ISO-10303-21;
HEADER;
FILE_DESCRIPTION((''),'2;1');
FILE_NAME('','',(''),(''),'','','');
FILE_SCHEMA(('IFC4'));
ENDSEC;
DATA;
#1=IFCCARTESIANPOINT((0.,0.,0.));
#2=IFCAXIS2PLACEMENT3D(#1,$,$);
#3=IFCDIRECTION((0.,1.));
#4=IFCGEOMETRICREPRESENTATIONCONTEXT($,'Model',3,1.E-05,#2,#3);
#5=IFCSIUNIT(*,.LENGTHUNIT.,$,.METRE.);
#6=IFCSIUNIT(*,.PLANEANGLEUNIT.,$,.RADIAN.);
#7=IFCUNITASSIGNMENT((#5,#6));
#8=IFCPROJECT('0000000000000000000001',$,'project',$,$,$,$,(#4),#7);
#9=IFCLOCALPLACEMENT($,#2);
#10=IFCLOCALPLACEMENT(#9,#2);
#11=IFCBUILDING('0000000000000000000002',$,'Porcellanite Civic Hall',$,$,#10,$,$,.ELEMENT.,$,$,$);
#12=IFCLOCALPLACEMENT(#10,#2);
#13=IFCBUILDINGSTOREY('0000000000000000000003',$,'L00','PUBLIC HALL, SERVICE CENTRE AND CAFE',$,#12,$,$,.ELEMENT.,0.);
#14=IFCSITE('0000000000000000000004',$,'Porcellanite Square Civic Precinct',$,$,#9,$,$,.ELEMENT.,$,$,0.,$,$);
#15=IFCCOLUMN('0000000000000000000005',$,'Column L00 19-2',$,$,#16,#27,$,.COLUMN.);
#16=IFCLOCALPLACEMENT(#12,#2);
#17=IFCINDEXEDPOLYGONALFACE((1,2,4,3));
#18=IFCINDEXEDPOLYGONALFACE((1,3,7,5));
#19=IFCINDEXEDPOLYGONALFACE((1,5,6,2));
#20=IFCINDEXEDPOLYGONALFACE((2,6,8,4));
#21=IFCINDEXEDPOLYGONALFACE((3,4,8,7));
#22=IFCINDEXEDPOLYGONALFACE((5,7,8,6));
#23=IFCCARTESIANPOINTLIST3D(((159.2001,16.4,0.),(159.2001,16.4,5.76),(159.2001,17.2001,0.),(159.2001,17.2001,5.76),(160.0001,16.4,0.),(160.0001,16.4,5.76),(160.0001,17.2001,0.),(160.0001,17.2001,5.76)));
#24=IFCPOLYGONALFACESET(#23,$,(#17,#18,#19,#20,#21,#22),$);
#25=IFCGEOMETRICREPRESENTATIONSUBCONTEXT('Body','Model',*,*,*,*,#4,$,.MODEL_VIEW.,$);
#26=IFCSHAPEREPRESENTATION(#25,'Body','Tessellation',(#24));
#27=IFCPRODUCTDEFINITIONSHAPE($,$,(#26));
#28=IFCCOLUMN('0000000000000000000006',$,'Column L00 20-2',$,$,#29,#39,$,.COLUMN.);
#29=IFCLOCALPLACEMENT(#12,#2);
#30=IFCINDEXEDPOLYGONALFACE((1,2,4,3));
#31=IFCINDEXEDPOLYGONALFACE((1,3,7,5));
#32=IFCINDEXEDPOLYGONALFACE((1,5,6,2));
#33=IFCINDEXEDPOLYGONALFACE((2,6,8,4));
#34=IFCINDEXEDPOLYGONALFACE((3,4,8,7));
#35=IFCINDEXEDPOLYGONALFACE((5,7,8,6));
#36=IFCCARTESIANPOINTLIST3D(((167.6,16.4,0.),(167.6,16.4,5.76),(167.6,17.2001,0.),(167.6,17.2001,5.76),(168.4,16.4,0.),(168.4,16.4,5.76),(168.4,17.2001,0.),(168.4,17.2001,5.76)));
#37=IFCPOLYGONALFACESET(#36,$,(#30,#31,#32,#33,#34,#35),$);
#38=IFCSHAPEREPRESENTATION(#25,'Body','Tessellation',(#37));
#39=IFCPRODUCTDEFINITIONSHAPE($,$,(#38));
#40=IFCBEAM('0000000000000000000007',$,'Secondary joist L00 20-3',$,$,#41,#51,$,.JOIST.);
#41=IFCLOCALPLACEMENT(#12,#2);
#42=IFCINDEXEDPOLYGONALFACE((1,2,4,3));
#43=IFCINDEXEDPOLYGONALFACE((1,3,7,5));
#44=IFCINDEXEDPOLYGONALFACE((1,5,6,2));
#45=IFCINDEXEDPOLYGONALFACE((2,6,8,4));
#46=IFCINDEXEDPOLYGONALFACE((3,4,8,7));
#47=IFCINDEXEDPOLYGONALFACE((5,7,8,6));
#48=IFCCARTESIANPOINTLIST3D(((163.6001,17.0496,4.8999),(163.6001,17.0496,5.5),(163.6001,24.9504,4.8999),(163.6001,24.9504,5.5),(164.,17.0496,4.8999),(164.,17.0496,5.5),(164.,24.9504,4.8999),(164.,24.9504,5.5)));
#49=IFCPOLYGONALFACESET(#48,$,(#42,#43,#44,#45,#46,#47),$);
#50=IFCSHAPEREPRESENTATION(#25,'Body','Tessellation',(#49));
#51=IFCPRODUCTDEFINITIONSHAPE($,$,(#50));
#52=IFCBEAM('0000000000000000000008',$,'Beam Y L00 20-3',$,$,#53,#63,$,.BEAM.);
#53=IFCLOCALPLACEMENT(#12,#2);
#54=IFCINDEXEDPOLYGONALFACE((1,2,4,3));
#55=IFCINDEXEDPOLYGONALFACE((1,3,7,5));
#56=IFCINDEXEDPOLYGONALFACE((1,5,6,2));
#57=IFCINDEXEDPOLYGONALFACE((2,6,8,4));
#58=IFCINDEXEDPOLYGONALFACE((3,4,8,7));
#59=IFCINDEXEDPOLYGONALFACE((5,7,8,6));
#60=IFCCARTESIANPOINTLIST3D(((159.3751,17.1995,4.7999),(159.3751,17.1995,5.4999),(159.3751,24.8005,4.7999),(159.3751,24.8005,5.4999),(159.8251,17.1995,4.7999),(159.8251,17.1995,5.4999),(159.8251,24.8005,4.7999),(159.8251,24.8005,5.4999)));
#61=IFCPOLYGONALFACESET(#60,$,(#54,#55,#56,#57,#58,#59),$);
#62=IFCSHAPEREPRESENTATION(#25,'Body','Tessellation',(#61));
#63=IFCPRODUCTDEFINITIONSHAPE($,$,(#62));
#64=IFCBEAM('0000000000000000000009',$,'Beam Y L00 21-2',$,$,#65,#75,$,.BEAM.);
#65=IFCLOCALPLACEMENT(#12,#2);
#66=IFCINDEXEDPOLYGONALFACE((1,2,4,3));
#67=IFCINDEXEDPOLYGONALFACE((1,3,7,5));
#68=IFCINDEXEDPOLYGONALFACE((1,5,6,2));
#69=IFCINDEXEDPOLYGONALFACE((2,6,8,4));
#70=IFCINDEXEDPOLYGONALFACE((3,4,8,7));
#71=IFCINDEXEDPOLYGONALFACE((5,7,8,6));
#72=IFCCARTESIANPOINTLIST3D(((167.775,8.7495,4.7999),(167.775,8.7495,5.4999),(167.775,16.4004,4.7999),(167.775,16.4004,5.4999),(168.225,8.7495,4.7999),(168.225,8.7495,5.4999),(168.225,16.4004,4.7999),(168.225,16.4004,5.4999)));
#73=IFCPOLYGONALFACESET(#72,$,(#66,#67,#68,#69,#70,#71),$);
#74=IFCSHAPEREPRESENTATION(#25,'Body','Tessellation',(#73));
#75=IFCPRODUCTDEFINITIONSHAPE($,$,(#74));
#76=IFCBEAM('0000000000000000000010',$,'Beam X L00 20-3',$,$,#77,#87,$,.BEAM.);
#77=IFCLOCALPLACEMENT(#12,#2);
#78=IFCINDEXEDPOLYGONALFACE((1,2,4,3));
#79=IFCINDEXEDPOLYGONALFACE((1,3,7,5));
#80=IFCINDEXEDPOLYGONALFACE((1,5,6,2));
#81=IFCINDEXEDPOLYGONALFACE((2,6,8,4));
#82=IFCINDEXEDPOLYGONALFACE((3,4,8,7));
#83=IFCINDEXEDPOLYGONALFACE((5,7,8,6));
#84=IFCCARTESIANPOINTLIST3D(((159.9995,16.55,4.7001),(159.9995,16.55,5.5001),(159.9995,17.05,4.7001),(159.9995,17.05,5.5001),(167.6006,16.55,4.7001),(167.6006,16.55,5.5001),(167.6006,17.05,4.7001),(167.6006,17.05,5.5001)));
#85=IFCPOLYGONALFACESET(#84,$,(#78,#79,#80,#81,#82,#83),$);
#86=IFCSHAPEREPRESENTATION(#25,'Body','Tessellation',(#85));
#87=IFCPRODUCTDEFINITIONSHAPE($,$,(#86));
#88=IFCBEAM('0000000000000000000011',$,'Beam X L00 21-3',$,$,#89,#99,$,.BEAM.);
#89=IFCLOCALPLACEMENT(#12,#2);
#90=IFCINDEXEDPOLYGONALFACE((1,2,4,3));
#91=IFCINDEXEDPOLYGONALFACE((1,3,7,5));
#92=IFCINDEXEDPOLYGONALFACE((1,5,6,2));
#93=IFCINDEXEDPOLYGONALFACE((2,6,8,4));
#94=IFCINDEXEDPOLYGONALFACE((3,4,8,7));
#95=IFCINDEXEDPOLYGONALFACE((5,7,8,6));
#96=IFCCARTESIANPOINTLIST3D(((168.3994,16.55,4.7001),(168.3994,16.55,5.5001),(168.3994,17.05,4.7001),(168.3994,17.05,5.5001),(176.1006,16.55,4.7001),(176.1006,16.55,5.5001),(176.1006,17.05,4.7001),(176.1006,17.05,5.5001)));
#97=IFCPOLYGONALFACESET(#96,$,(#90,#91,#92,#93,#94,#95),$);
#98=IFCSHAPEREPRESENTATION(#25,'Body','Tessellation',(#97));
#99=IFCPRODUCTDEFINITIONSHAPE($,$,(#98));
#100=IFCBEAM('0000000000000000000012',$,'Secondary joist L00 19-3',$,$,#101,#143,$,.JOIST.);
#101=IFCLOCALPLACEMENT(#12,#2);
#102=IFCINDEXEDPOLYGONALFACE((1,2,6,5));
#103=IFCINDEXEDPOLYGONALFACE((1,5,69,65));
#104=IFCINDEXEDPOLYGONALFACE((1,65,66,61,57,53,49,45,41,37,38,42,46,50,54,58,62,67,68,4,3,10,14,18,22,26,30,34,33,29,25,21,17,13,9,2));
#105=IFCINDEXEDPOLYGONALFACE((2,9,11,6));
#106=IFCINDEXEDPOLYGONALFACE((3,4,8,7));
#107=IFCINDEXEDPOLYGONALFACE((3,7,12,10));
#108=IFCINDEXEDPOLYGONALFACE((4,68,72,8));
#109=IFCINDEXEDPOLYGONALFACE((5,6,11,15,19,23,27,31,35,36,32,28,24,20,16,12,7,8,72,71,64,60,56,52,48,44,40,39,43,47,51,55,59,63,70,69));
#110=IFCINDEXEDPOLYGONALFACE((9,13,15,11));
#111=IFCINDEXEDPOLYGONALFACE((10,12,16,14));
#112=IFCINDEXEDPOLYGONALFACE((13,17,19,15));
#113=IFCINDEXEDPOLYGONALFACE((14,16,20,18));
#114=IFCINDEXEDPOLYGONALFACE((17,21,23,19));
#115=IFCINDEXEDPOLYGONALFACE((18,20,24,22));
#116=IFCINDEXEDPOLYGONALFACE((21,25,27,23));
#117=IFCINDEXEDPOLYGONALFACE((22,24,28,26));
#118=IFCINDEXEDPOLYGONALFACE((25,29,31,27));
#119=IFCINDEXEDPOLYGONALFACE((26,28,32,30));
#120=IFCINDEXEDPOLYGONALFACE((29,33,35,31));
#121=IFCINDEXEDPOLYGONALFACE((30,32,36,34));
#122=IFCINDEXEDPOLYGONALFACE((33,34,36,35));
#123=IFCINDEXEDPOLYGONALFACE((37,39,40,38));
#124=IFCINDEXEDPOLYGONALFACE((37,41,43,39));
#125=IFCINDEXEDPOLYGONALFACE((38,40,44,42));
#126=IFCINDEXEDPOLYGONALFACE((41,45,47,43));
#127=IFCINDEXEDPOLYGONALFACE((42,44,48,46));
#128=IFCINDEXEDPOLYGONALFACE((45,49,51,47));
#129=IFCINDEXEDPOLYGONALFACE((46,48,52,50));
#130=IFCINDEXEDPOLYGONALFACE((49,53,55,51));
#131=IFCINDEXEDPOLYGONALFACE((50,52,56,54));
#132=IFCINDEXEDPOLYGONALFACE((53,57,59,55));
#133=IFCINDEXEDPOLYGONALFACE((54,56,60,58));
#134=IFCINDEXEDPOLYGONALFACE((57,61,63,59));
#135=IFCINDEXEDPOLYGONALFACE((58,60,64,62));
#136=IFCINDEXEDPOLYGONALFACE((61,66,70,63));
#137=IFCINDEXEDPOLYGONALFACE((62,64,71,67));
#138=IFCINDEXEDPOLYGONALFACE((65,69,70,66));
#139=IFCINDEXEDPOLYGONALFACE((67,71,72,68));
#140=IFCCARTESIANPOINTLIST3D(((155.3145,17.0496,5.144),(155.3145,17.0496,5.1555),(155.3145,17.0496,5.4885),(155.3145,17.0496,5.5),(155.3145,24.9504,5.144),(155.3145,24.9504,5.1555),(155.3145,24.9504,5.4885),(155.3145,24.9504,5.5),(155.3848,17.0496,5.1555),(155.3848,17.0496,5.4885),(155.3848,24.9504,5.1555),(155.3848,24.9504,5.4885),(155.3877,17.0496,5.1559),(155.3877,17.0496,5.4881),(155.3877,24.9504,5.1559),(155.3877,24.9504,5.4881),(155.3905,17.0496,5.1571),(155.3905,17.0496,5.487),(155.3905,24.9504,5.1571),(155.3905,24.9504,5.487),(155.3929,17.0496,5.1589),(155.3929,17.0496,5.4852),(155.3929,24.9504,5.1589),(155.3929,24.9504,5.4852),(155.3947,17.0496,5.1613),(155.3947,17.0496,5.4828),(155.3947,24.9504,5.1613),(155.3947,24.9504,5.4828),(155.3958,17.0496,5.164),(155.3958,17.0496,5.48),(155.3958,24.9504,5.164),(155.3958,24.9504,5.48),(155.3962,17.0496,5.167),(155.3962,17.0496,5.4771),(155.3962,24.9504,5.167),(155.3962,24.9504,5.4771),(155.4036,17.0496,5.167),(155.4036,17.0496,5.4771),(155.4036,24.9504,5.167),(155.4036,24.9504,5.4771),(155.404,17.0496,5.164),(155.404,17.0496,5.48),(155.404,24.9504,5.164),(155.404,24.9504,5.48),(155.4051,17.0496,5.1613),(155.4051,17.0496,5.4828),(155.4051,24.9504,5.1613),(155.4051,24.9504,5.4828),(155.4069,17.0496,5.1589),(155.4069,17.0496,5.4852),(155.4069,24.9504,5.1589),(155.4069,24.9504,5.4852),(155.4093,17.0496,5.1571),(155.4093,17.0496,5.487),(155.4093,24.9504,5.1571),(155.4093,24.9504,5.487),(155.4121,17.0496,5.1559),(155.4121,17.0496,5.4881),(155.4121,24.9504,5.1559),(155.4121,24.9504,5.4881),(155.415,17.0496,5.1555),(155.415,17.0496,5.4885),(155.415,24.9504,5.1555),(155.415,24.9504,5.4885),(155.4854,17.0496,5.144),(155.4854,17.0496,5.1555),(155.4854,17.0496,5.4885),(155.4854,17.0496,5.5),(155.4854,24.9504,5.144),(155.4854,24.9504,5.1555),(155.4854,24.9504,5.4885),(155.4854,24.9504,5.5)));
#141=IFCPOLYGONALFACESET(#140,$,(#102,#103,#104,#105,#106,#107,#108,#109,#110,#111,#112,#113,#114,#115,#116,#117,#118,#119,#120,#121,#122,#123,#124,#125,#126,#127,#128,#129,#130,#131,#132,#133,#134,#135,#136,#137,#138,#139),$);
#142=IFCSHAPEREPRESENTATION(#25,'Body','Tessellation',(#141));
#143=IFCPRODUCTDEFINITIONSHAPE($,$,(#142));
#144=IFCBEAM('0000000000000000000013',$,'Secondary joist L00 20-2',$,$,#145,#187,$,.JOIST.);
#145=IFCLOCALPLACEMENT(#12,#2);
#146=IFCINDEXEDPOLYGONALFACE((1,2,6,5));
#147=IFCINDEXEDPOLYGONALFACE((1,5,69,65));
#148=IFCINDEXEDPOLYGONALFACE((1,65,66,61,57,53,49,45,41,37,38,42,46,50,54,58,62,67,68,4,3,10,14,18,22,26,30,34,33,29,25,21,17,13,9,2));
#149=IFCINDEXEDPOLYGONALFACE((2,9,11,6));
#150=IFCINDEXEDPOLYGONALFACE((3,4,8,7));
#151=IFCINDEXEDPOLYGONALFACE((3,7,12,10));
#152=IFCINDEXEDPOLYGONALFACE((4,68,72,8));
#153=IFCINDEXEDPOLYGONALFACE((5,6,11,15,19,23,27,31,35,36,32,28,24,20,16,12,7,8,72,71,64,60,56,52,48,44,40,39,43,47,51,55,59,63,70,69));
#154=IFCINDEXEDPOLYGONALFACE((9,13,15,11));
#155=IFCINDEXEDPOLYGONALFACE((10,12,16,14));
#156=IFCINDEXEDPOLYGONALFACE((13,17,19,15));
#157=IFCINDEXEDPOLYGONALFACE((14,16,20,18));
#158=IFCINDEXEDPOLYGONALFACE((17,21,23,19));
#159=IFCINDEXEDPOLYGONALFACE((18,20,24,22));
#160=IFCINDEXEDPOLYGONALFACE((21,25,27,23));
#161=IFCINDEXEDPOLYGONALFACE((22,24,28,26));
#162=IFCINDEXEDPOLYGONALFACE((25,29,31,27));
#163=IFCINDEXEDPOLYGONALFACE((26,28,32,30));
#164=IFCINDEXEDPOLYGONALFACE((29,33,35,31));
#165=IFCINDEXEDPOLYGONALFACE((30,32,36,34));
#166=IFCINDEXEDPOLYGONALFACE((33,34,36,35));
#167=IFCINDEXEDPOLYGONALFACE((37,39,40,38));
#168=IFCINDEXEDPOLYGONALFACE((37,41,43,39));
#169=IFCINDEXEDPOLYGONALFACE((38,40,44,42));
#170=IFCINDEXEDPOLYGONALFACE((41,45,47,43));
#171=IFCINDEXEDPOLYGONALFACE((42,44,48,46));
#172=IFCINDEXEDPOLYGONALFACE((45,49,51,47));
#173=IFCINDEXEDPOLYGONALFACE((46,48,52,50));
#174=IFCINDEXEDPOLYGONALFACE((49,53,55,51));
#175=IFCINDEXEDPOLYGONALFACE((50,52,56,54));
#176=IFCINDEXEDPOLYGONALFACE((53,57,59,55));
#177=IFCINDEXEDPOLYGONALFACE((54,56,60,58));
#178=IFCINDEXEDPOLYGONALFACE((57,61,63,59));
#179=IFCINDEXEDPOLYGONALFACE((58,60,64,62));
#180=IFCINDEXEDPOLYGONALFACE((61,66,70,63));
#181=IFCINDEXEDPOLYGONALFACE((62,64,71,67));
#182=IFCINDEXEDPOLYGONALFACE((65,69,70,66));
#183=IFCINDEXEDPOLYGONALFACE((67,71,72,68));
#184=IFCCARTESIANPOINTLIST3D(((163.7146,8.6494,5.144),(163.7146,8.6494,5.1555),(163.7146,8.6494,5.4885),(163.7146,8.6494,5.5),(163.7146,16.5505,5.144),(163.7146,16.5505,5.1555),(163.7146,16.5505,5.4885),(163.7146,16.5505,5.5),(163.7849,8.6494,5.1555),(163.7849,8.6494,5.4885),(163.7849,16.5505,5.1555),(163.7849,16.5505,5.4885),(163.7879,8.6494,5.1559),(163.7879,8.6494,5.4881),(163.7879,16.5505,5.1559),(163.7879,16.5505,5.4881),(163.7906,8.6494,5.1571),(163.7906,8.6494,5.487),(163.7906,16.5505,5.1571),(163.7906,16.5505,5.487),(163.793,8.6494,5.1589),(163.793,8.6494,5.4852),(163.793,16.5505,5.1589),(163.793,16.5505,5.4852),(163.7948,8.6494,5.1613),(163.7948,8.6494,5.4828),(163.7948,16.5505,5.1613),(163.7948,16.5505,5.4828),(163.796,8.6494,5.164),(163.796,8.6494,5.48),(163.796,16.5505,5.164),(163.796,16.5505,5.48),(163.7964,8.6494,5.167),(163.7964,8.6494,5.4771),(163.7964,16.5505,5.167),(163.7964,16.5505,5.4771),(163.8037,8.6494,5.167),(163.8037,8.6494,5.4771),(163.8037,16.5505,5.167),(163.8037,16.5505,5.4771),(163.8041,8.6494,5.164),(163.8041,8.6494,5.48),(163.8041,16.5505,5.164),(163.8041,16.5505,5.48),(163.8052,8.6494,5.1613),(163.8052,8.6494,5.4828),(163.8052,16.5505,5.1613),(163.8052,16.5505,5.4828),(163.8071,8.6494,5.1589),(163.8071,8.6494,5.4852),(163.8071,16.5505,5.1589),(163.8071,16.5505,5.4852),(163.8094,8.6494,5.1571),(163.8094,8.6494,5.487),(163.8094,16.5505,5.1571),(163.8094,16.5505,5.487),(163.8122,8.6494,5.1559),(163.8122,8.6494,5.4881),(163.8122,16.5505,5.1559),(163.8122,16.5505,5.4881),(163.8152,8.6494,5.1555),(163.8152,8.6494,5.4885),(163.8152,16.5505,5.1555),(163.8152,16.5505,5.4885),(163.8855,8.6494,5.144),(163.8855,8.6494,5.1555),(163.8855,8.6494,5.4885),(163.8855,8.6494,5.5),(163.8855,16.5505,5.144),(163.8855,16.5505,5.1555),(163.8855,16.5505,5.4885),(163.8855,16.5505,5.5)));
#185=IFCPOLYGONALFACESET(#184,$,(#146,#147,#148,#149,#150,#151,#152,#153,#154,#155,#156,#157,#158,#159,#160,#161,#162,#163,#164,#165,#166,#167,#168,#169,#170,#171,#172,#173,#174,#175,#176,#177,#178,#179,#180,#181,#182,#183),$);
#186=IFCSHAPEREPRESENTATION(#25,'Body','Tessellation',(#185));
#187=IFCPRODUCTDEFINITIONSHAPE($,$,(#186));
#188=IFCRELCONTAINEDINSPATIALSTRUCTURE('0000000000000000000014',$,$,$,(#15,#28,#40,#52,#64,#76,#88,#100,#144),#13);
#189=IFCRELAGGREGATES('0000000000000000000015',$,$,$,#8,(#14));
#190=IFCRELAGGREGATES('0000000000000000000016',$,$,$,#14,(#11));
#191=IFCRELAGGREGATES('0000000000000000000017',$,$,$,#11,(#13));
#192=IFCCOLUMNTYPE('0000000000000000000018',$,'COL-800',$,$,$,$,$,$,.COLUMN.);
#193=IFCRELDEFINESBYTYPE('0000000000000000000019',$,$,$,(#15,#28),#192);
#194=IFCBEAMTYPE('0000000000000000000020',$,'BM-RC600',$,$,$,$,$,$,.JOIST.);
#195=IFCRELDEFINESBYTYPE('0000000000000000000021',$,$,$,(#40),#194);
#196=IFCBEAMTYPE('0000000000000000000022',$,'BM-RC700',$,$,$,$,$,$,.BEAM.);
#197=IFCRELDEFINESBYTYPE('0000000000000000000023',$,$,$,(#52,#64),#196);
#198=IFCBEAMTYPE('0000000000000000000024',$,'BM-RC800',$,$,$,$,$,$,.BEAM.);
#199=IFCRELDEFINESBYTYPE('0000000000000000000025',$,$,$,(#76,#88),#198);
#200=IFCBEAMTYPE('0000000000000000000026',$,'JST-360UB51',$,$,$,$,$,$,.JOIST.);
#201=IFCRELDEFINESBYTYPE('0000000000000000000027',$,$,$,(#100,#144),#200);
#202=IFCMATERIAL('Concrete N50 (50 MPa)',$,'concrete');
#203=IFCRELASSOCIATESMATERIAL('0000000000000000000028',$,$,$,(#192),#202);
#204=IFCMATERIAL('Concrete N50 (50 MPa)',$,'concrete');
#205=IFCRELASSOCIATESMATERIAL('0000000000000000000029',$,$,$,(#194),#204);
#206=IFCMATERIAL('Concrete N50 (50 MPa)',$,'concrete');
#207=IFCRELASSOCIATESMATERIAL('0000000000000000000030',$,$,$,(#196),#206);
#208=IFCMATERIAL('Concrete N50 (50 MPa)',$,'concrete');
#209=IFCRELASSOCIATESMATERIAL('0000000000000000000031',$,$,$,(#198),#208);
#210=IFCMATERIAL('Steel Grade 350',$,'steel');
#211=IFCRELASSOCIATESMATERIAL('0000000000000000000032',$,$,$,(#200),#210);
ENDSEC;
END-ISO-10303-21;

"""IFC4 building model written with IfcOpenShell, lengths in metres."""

from ifc_helpers import new_model, si_unit, direction, frame, origin, origin_2d, place, context, subcontext, project, spatial, rectangle, i_section, extrude, material, material_profile, profile_set, type_object, element, save


model = new_model("IFC4")

# Units and contexts
model_context = context("Model", 3, precision=1e-05, world=origin(), true_north=direction((0.0, 1.0)))
body_context = subcontext(model_context, "Body", "Model", "MODEL_VIEW")
ifc_project = project(units=[si_unit("LENGTHUNIT", "METRE"), si_unit("PLANEANGLEUNIT", "RADIAN")], contexts=[model_context])

# Site, building, storey
site_placement = place(None, origin())
site = spatial("IfcSite", under=ifc_project, at=site_placement, Name="Porcellanite Square Civic Precinct", CompositionType="ELEMENT", RefElevation=0.0)
building_placement = place(site_placement, origin())
building = spatial("IfcBuilding", under=site, at=building_placement, Name="Porcellanite Civic Hall", CompositionType="ELEMENT")
storey_placement = place(building_placement, origin())
storey = spatial("IfcBuildingStorey", under=building, at=storey_placement, Name="L00", Description="PUBLIC HALL, SERVICE CENTRE AND CAFE", CompositionType="ELEMENT", Elevation=0.0)

# Columns
ifc_material_1 = material(Name="Concrete N50 (50 MPa)", Category="concrete")
ifc_material_profile_1 = material_profile(ifc_material_1, rectangle(XDim=0.8, YDim=0.8, at=origin_2d()), Name="RC-800x800")
ifc_profile_set_1 = profile_set([ifc_material_profile_1], Name="Concrete N50 (50 MPa)")
column_type = type_object("IfcColumnType", Name="COL-800", PredefinedType="COLUMN", material=ifc_profile_set_1)
for number, where, z_axis, x_axis, name in (
    (1, (159.6001, 16.8, 0.0), (0.0, 0.0, 1.0), (1.0, 0.0, 0.0), "Column L00 19-2"),
    (2, (168.0, 16.8, 0.0), (0.0, 0.0, 1.0), (1.0, 0.0, 0.0), "Column L00 20-2"),
):
    element("IfcColumn", number, at=place(storey_placement, frame(where, z_axis=z_axis, x_axis=x_axis)), inside=storey, type_object=column_type, Name=name, PredefinedType="COLUMN", context=body_context, shape_type="SweptSolid", body=[
        extrude(rectangle(XDim=0.8, YDim=0.8, at=origin_2d()), origin(), (0.0, 0.0, 1.0), 5.76),
    ])

# Beams
ifc_material_2 = material(Name="Concrete N50 (50 MPa)", Category="concrete")
ifc_material_profile_2 = material_profile(ifc_material_2, rectangle(XDim=0.3999, YDim=0.6001, at=origin_2d()), Name="RC-400x600")
ifc_profile_set_2 = profile_set([ifc_material_profile_2], Name="Concrete N50 (50 MPa)")
beam_type_1 = type_object("IfcBeamType", Name="BM-RC600", PredefinedType="JOIST", material=ifc_profile_set_2)
beam_1_placement = place(storey_placement, frame((163.8, 17.0496, 5.2), z_axis=(0.0, 1.0, 0.0), x_axis=(-1.0, 0.0, 0.0)))
element("IfcBeam", 3, at=beam_1_placement, inside=storey, type_object=beam_type_1, Name="Secondary joist L00 20-3", PredefinedType="JOIST", context=body_context, shape_type="SweptSolid", body=[
    extrude(rectangle(XDim=0.3999, YDim=0.6001, at=origin_2d()), origin(), (0.0, 0.0, 1.0), 7.9009),
])
ifc_material_3 = material(Name="Concrete N50 (50 MPa)", Category="concrete")
ifc_material_profile_3 = material_profile(ifc_material_3, rectangle(XDim=0.45, YDim=0.7, at=origin_2d()), Name="RC-450x700")
ifc_profile_set_3 = profile_set([ifc_material_profile_3], Name="Concrete N50 (50 MPa)")
beam_type_2 = type_object("IfcBeamType", Name="BM-RC700", PredefinedType="BEAM", material=ifc_profile_set_3)
beam_2_placement = place(storey_placement, frame((159.6001, 17.1995, 5.1499), z_axis=(0.0, 1.0, 0.0), x_axis=(-1.0, 0.0, 0.0)))
element("IfcBeam", 4, at=beam_2_placement, inside=storey, type_object=beam_type_2, Name="Beam Y L00 20-3", PredefinedType="BEAM", context=body_context, shape_type="SweptSolid", body=[
    extrude(rectangle(XDim=0.45, YDim=0.7, at=origin_2d()), origin(), (0.0, 0.0, 1.0), 7.6011),
])
beam_3_placement = place(storey_placement, frame((168.0, 8.7495, 5.1499), z_axis=(0.0, 1.0, 0.0), x_axis=(-1.0, 0.0, 0.0)))
element("IfcBeam", 5, at=beam_3_placement, inside=storey, type_object=beam_type_2, Name="Beam Y L00 21-2", PredefinedType="BEAM", context=body_context, shape_type="SweptSolid", body=[
    extrude(rectangle(XDim=0.45, YDim=0.7, at=origin_2d()), origin(), (0.0, 0.0, 1.0), 7.6509),
])
ifc_material_4 = material(Name="Concrete N50 (50 MPa)", Category="concrete")
ifc_material_profile_4 = material_profile(ifc_material_4, rectangle(XDim=0.5, YDim=0.8, at=origin_2d()), Name="RC-500x800")
ifc_profile_set_4 = profile_set([ifc_material_profile_4], Name="Concrete N50 (50 MPa)")
beam_type_3 = type_object("IfcBeamType", Name="BM-RC800", PredefinedType="BEAM", material=ifc_profile_set_4)
beam_4_placement = place(storey_placement, frame((159.9995, 16.8, 5.1001), z_axis=(1.0, 0.0, 0.0), x_axis=(0.0, 1.0, 0.0)))
element("IfcBeam", 6, at=beam_4_placement, inside=storey, type_object=beam_type_3, Name="Beam X L00 20-3", PredefinedType="BEAM", context=body_context, shape_type="SweptSolid", body=[
    extrude(rectangle(XDim=0.5, YDim=0.8, at=origin_2d()), origin(), (0.0, 0.0, 1.0), 7.6011),
])
beam_5_placement = place(storey_placement, frame((168.3994, 16.8, 5.1001), z_axis=(1.0, 0.0, 0.0), x_axis=(0.0, 1.0, 0.0)))
element("IfcBeam", 7, at=beam_5_placement, inside=storey, type_object=beam_type_3, Name="Beam X L00 21-3", PredefinedType="BEAM", context=body_context, shape_type="SweptSolid", body=[
    extrude(rectangle(XDim=0.5, YDim=0.8, at=origin_2d()), origin(), (0.0, 0.0, 1.0), 7.7012),
])
ifc_material_5 = material(Name="Steel Grade 350", Category="steel")
ifc_material_profile_5 = material_profile(ifc_material_5, i_section(OverallWidth=0.1709, OverallDepth=0.356, WebThickness=0.0073, FlangeThickness=0.0115, FilletRadius=0.0115, at=origin_2d()), Name="360UB50.7")
ifc_profile_set_5 = profile_set([ifc_material_profile_5], Name="Steel Grade 350")
beam_type_4 = type_object("IfcBeamType", Name="JST-360UB51", PredefinedType="JOIST", material=ifc_profile_set_5)
beam_6_placement = place(storey_placement, frame((155.3999, 17.0496, 5.322), z_axis=(0.0, 1.0, 0.0), x_axis=(-1.0, 0.0, 0.0)))
element("IfcBeam", 8, at=beam_6_placement, inside=storey, type_object=beam_type_4, Name="Secondary joist L00 19-3", PredefinedType="JOIST", context=body_context, shape_type="SweptSolid", body=[
    extrude(i_section(OverallWidth=0.1709, OverallDepth=0.356, WebThickness=0.0073, FlangeThickness=0.0115, FilletRadius=0.0115, at=origin_2d()), origin(), (0.0, 0.0, 1.0), 7.9009),
])
beam_7_placement = place(storey_placement, frame((163.8, 8.6494, 5.322), z_axis=(0.0, 1.0, 0.0), x_axis=(-1.0, 0.0, 0.0)))
element("IfcBeam", 9, at=beam_7_placement, inside=storey, type_object=beam_type_4, Name="Secondary joist L00 20-2", PredefinedType="JOIST", context=body_context, shape_type="SweptSolid", body=[
    extrude(i_section(OverallWidth=0.1709, OverallDepth=0.356, WebThickness=0.0073, FlangeThickness=0.0115, FilletRadius=0.0115, at=origin_2d()), origin(), (0.0, 0.0, 1.0), 7.9011),
])

save(model, "model.ifc")
